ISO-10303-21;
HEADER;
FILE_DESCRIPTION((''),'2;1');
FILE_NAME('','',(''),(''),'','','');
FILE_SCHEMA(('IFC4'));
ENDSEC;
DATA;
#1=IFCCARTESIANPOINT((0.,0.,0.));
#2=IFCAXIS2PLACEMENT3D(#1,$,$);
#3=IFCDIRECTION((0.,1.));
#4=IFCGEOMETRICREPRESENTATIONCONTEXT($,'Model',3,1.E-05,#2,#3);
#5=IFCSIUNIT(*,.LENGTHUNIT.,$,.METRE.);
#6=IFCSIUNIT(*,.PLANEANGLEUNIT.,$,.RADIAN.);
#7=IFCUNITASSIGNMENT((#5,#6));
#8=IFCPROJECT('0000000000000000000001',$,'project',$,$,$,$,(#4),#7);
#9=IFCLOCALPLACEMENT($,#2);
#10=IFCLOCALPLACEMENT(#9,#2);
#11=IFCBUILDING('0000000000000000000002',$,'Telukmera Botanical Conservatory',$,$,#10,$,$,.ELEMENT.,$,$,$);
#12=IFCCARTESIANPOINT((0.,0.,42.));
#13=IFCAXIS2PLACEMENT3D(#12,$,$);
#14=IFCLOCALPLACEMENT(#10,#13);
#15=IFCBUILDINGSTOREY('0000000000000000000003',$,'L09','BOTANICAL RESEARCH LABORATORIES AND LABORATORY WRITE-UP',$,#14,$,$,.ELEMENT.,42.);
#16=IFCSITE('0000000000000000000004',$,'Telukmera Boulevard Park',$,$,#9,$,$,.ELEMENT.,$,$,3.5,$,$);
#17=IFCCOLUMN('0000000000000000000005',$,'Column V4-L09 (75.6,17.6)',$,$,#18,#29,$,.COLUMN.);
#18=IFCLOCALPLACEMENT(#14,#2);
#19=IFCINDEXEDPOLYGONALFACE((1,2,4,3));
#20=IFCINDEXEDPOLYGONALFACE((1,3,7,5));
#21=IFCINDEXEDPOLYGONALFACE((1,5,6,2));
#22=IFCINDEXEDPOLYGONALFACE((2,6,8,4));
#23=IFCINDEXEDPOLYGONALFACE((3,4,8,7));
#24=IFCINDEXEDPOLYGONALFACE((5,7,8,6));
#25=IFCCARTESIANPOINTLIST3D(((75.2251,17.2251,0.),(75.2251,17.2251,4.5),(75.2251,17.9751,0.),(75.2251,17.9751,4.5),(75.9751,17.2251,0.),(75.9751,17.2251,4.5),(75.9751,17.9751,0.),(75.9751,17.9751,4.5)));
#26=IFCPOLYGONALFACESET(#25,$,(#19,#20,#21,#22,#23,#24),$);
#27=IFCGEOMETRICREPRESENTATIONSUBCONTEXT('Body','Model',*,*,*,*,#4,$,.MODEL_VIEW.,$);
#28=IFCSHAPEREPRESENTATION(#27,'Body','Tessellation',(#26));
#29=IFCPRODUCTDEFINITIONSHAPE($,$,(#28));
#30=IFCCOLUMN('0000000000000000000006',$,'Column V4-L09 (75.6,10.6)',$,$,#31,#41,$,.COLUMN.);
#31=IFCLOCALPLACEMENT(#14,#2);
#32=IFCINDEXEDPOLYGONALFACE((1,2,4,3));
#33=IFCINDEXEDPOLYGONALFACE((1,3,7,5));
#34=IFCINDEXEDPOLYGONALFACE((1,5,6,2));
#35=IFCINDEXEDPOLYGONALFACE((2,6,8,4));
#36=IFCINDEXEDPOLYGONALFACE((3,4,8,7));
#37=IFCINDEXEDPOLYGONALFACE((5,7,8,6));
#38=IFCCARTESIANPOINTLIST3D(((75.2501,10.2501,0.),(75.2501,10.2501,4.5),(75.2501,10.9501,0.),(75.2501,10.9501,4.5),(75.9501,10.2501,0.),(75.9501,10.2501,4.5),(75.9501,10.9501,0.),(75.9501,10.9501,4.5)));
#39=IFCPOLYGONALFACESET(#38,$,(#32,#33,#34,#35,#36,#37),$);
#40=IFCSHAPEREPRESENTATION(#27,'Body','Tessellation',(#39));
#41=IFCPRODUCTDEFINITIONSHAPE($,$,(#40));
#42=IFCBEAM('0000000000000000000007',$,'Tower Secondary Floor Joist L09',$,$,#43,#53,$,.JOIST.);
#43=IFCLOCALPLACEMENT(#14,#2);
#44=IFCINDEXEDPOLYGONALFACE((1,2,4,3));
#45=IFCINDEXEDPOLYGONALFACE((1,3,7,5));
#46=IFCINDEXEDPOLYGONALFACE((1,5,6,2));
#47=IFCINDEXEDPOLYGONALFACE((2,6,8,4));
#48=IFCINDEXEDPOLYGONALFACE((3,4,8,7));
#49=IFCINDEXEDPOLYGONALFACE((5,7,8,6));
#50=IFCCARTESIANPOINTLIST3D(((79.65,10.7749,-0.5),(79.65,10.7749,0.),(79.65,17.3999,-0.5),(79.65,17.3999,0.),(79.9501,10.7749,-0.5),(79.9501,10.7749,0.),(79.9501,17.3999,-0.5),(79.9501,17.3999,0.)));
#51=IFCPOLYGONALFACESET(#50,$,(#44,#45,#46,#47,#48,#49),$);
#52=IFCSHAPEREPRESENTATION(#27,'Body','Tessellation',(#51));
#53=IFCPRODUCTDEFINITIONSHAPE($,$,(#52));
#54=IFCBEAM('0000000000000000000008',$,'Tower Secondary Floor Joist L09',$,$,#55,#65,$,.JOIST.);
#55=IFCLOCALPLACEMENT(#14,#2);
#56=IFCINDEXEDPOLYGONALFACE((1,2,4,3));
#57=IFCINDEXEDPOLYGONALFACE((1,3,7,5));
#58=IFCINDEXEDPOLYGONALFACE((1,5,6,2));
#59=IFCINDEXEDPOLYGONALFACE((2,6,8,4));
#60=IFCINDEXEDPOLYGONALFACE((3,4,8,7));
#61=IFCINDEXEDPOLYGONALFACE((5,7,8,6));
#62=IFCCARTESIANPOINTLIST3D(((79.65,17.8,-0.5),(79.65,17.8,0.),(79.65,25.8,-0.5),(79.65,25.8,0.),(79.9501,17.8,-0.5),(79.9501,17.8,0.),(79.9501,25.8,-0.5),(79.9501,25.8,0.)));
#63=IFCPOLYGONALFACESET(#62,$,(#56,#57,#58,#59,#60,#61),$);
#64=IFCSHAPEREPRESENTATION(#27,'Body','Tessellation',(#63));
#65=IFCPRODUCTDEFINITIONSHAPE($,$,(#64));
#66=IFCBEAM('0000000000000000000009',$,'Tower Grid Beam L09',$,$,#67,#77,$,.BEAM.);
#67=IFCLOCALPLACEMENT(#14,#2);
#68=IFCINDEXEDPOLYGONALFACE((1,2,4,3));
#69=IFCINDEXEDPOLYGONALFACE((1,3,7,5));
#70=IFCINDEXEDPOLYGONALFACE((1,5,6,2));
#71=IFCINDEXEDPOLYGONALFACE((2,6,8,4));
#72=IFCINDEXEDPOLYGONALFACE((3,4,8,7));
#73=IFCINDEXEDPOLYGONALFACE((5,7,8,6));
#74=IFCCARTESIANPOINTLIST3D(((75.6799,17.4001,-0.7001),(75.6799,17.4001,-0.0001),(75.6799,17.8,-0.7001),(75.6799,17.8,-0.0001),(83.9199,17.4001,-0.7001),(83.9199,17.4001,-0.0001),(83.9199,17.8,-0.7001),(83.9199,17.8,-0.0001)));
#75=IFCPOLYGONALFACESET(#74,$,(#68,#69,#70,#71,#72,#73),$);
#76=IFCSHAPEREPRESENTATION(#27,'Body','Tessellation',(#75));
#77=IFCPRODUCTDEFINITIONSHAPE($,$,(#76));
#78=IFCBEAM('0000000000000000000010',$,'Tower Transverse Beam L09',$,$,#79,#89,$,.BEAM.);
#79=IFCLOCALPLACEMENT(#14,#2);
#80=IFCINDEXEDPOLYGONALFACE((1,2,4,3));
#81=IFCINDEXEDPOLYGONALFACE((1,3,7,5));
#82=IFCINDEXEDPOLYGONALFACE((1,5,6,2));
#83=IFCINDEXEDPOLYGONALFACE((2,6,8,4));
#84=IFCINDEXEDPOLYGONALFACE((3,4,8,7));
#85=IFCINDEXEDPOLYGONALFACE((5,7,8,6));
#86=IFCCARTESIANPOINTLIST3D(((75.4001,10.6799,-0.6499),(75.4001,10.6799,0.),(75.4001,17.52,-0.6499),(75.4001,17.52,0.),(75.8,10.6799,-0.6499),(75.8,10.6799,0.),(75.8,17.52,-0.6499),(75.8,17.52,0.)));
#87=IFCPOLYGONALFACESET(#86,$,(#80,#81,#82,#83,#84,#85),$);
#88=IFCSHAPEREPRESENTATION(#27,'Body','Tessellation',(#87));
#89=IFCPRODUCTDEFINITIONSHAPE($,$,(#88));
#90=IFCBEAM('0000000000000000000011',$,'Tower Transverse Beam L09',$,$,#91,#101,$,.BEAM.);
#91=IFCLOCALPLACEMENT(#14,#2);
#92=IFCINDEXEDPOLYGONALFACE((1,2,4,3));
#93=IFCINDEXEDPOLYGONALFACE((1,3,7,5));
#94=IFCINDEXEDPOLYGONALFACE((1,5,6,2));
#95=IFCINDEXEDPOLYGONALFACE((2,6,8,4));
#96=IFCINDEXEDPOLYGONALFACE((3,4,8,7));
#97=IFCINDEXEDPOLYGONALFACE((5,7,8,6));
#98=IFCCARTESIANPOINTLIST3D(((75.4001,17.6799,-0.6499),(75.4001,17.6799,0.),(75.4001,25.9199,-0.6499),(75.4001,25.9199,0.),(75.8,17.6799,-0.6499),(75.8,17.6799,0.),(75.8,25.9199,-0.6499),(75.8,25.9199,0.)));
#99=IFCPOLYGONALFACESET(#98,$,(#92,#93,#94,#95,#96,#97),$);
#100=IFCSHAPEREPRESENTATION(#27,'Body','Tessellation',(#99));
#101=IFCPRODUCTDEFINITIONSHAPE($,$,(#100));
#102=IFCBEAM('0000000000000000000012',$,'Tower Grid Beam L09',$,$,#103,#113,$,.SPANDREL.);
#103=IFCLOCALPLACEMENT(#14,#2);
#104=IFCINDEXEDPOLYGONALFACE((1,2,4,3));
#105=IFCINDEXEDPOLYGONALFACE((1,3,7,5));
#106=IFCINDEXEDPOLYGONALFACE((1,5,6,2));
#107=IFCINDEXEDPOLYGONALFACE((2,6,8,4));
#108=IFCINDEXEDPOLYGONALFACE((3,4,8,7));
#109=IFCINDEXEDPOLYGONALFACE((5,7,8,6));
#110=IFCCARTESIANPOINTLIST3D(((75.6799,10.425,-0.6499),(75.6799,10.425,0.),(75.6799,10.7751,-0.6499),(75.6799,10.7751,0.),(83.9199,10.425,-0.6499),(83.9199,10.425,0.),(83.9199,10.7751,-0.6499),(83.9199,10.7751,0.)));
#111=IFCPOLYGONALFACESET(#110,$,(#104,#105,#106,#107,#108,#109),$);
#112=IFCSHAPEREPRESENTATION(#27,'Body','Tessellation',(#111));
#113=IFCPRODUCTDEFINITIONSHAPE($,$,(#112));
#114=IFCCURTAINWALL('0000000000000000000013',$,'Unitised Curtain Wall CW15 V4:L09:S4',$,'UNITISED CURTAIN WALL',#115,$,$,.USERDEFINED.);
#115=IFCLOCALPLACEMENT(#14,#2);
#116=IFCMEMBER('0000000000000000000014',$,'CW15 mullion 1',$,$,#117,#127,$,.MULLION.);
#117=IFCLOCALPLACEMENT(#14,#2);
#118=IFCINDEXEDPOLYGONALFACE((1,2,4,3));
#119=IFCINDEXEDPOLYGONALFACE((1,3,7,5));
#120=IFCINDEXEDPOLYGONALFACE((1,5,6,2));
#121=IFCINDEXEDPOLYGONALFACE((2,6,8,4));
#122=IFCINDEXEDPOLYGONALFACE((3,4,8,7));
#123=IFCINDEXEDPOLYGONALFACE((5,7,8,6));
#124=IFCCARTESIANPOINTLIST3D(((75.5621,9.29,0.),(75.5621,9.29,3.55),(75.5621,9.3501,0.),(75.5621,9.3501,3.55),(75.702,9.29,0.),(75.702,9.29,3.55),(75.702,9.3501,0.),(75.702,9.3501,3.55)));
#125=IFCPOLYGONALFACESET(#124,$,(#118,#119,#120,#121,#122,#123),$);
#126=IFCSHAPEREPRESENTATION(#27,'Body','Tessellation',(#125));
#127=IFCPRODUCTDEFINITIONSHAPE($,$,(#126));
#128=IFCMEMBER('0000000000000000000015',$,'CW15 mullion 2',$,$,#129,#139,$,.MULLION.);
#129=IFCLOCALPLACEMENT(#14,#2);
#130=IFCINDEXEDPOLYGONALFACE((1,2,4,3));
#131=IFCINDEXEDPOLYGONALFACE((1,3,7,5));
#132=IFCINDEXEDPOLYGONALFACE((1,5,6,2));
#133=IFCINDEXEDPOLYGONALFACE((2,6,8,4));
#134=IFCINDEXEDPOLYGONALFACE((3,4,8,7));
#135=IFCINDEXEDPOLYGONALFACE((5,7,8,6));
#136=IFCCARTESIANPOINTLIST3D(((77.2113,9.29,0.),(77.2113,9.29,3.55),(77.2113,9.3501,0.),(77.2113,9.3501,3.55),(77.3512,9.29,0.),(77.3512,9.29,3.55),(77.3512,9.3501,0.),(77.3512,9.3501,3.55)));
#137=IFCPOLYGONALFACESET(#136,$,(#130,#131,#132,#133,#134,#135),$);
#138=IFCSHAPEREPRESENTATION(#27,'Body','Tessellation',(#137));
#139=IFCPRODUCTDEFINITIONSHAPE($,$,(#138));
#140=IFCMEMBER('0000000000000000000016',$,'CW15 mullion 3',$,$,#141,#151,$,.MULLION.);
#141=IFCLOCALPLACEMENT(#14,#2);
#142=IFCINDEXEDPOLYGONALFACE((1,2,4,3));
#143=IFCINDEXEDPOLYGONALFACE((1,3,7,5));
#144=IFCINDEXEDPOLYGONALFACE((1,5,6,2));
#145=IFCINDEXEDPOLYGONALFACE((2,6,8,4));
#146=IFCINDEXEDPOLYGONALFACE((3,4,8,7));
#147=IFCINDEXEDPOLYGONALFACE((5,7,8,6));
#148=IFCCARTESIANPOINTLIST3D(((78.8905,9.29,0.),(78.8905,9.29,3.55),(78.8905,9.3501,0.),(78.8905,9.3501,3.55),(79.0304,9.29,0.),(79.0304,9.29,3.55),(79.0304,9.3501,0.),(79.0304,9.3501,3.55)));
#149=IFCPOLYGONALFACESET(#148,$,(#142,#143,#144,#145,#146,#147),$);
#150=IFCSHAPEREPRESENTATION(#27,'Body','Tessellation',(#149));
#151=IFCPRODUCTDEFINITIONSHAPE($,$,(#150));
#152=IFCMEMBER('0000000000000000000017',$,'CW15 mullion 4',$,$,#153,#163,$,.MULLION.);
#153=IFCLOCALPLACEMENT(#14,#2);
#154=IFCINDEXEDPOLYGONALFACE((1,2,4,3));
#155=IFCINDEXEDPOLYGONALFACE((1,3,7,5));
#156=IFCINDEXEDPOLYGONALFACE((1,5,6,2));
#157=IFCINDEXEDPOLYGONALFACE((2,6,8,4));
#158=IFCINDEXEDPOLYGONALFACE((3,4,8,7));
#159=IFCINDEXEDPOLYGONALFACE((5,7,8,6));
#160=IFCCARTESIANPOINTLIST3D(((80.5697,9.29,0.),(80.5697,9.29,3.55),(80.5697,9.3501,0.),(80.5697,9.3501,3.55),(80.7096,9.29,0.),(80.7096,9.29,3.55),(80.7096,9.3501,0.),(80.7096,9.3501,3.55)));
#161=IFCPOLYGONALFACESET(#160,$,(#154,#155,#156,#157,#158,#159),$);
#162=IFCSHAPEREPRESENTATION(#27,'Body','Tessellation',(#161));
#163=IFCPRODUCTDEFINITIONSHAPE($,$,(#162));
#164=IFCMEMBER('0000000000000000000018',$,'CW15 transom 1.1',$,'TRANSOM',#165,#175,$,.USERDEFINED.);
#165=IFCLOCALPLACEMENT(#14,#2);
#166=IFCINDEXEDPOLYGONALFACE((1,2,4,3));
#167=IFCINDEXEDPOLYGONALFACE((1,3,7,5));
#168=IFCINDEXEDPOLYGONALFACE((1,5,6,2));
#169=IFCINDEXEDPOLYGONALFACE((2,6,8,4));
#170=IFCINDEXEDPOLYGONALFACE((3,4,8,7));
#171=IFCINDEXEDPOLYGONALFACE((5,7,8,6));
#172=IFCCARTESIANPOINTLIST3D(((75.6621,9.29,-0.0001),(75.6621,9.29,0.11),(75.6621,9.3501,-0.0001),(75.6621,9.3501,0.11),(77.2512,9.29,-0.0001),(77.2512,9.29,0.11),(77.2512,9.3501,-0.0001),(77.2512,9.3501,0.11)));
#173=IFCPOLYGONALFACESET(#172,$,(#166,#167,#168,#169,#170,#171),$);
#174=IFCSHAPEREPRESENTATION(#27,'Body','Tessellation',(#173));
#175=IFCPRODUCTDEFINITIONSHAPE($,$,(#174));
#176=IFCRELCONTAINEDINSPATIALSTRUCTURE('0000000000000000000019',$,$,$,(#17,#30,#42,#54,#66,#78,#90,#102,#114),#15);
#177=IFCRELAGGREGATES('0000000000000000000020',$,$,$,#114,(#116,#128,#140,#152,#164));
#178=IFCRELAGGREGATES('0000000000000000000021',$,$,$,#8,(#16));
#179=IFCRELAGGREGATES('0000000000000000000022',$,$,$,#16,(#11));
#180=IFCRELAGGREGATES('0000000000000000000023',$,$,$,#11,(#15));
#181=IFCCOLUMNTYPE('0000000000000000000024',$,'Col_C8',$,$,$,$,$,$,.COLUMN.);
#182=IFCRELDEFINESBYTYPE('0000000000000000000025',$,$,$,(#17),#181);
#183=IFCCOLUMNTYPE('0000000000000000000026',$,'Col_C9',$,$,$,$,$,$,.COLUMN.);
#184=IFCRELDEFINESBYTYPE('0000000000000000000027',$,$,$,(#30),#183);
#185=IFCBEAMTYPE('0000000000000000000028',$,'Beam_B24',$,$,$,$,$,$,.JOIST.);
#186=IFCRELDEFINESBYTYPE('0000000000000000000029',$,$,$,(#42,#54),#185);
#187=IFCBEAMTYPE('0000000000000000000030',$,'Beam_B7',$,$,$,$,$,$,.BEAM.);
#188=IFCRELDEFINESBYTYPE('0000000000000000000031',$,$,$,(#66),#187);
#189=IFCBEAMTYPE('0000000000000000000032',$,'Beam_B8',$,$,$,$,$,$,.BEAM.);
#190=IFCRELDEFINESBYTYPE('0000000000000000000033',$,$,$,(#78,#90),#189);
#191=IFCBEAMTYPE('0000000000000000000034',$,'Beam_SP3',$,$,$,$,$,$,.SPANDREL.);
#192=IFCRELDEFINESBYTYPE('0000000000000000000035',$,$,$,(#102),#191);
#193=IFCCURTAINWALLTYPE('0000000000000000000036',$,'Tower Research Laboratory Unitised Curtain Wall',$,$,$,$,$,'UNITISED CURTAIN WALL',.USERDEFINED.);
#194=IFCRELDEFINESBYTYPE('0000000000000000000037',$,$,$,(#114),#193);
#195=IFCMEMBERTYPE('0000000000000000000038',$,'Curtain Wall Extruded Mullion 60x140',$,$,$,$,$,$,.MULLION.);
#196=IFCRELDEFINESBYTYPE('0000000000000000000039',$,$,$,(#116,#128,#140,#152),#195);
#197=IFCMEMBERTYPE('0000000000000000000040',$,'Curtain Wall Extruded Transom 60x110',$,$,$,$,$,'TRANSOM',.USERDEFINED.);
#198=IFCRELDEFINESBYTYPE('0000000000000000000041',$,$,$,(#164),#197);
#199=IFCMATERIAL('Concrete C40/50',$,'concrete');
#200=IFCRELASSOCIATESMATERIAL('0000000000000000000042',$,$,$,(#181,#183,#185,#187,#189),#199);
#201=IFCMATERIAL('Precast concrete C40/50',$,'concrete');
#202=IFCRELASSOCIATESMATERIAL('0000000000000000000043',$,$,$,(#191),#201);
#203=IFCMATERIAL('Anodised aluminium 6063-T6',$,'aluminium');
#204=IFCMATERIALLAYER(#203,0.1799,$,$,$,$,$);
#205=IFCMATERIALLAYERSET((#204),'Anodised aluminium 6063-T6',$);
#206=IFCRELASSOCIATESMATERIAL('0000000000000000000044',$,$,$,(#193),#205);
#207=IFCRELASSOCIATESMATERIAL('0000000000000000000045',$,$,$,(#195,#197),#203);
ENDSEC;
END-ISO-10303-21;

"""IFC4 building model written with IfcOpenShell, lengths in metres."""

from ifc_helpers import new_model, si_unit, direction, frame, origin, origin_2d, place, context, subcontext, project, spatial, rectangle, extrude, material, layer, layer_set, material_profile, profile_set, type_object, element, aggregate, save


model = new_model("IFC4")

# Units and contexts
model_context = context("Model", 3, precision=1e-05, world=origin(), true_north=direction((0.0, 1.0)))
body_context = subcontext(model_context, "Body", "Model", "MODEL_VIEW")
ifc_project = project(units=[si_unit("LENGTHUNIT", "METRE"), si_unit("PLANEANGLEUNIT", "RADIAN")], contexts=[model_context])

# Site, building, storey
site_placement = place(None, origin())
site = spatial("IfcSite", under=ifc_project, at=site_placement, Name="Telukmera Boulevard Park", CompositionType="ELEMENT", RefElevation=3.5)
building_placement = place(site_placement, origin())
building = spatial("IfcBuilding", under=site, at=building_placement, Name="Telukmera Botanical Conservatory", CompositionType="ELEMENT")
storey_placement = place(building_placement, frame((0.0, 0.0, 42.0)))
storey = spatial("IfcBuildingStorey", under=building, at=storey_placement, Name="L09", Description="BOTANICAL RESEARCH LABORATORIES AND LABORATORY WRITE-UP", CompositionType="ELEMENT", Elevation=42.0)

# Columns
ifc_material_1 = material(Name="Concrete C40/50", Category="concrete")
ifc_material_profile_1 = material_profile(ifc_material_1, rectangle(XDim=0.75, YDim=0.75, at=origin_2d()), Name="RC 750x750")
ifc_profile_set_1 = profile_set([ifc_material_profile_1], Name="Concrete C40/50")
column_type_1 = type_object("IfcColumnType", Name="Col_C8", PredefinedType="COLUMN", material=ifc_profile_set_1)
column_1_placement = place(storey_placement, frame((75.6001, 17.6001, 0.0), z_axis=(0.0, 0.0, 1.0), x_axis=(1.0, 0.0, 0.0)))
element("IfcColumn", 1, at=column_1_placement, inside=storey, type_object=column_type_1, Name="Column V4-L09 (75.6,17.6)", PredefinedType="COLUMN", context=body_context, shape_type="SweptSolid", body=[
    extrude(rectangle(XDim=0.75, YDim=0.75, at=origin_2d()), origin(), (0.0, 0.0, 1.0), 4.5),
])
ifc_material_profile_2 = material_profile(ifc_material_1, rectangle(XDim=0.7, YDim=0.7, at=origin_2d()), Name="RC 700x700")
ifc_profile_set_2 = profile_set([ifc_material_profile_2], Name="Concrete C40/50")
column_type_2 = type_object("IfcColumnType", Name="Col_C9", PredefinedType="COLUMN", material=ifc_profile_set_2)
column_2_placement = place(storey_placement, frame((75.6001, 10.6001, 0.0), z_axis=(0.0, 0.0, 1.0), x_axis=(1.0, 0.0, 0.0)))
element("IfcColumn", 2, at=column_2_placement, inside=storey, type_object=column_type_2, Name="Column V4-L09 (75.6,10.6)", PredefinedType="COLUMN", context=body_context, shape_type="SweptSolid", body=[
    extrude(rectangle(XDim=0.7, YDim=0.7, at=origin_2d()), origin(), (0.0, 0.0, 1.0), 4.5),
])

# Beams
ifc_material_profile_3 = material_profile(ifc_material_1, rectangle(XDim=0.3, YDim=0.5, at=origin_2d()), Name="RC 300x500")
ifc_profile_set_3 = profile_set([ifc_material_profile_3], Name="Concrete C40/50")
beam_type_1 = type_object("IfcBeamType", Name="Beam_B24", PredefinedType="JOIST", material=ifc_profile_set_3)
beam_1_placement = place(storey_placement, frame((79.8, 10.7749, -0.25), z_axis=(0.0, 1.0, 0.0), x_axis=(-1.0, 0.0, 0.0)))
element("IfcBeam", 3, at=beam_1_placement, inside=storey, type_object=beam_type_1, Name="Tower Secondary Floor Joist L09", PredefinedType="JOIST", context=body_context, shape_type="SweptSolid", body=[
    extrude(rectangle(XDim=0.3, YDim=0.5, at=origin_2d()), origin(), (0.0, 0.0, 1.0), 6.625),
])
beam_2_placement = place(storey_placement, frame((79.8, 17.8, -0.25), z_axis=(0.0, 1.0, 0.0), x_axis=(-1.0, 0.0, 0.0)))
element("IfcBeam", 4, at=beam_2_placement, inside=storey, type_object=beam_type_1, Name="Tower Secondary Floor Joist L09", PredefinedType="JOIST", context=body_context, shape_type="SweptSolid", body=[
    extrude(rectangle(XDim=0.3, YDim=0.5, at=origin_2d()), origin(), (0.0, 0.0, 1.0), 8.0),
])
ifc_material_profile_4 = material_profile(ifc_material_1, rectangle(XDim=0.3999, YDim=0.7, at=origin_2d()), Name="RC 400x700")
ifc_profile_set_4 = profile_set([ifc_material_profile_4], Name="Concrete C40/50")
beam_type_2 = type_object("IfcBeamType", Name="Beam_B7", PredefinedType="BEAM", material=ifc_profile_set_4)
beam_3_placement = place(storey_placement, frame((75.6799, 17.6001, -0.3501), z_axis=(1.0, 0.0, 0.0), x_axis=(0.0, 1.0, 0.0)))
element("IfcBeam", 5, at=beam_3_placement, inside=storey, type_object=beam_type_2, Name="Tower Grid Beam L09", PredefinedType="BEAM", context=body_context, shape_type="SweptSolid", body=[
    extrude(rectangle(XDim=0.3999, YDim=0.7, at=origin_2d()), origin(), (0.0, 0.0, 1.0), 8.24),
])
ifc_material_profile_5 = material_profile(ifc_material_1, rectangle(XDim=0.3999, YDim=0.6499, at=origin_2d()), Name="RC 400x650")
ifc_profile_set_5 = profile_set([ifc_material_profile_5], Name="Concrete C40/50")
beam_type_3 = type_object("IfcBeamType", Name="Beam_B8", PredefinedType="BEAM", material=ifc_profile_set_5)
beam_4_placement = place(storey_placement, frame((75.6001, 10.6799, -0.325), z_axis=(0.0, 1.0, 0.0), x_axis=(-1.0, 0.0, 0.0)))
element("IfcBeam", 6, at=beam_4_placement, inside=storey, type_object=beam_type_3, Name="Tower Transverse Beam L09", PredefinedType="BEAM", context=body_context, shape_type="SweptSolid", body=[
    extrude(rectangle(XDim=0.3999, YDim=0.6499, at=origin_2d()), origin(), (0.0, 0.0, 1.0), 6.8401),
])
beam_5_placement = place(storey_placement, frame((75.6001, 17.6799, -0.325), z_axis=(0.0, 1.0, 0.0), x_axis=(-1.0, 0.0, 0.0)))
element("IfcBeam", 7, at=beam_5_placement, inside=storey, type_object=beam_type_3, Name="Tower Transverse Beam L09", PredefinedType="BEAM", context=body_context, shape_type="SweptSolid", body=[
    extrude(rectangle(XDim=0.3999, YDim=0.6499, at=origin_2d()), origin(), (0.0, 0.0, 1.0), 8.24),
])
ifc_material_2 = material(Name="Precast concrete C40/50", Category="concrete")
ifc_material_profile_6 = material_profile(ifc_material_2, rectangle(XDim=0.3501, YDim=0.6499, at=origin_2d()), Name="PC 350x650")
ifc_profile_set_6 = profile_set([ifc_material_profile_6], Name="Precast concrete C40/50")
beam_type_4 = type_object("IfcBeamType", Name="Beam_SP3", PredefinedType="SPANDREL", material=ifc_profile_set_6)
beam_6_placement = place(storey_placement, frame((75.6799, 10.6001, -0.325), z_axis=(1.0, 0.0, 0.0), x_axis=(0.0, 1.0, 0.0)))
element("IfcBeam", 8, at=beam_6_placement, inside=storey, type_object=beam_type_4, Name="Tower Grid Beam L09", PredefinedType="SPANDREL", context=body_context, shape_type="SweptSolid", body=[
    extrude(rectangle(XDim=0.3501, YDim=0.6499, at=origin_2d()), origin(), (0.0, 0.0, 1.0), 8.24),
])

# Curtain wall, members
ifc_material_3 = material(Name="Anodised aluminium 6063-T6", Category="aluminium")
ifc_layer_1 = layer(ifc_material_3, 0.1799)
ifc_layer_set_1 = layer_set([ifc_layer_1], Name="Anodised aluminium 6063-T6")
curtain_wall_type = type_object("IfcCurtainWallType", Name="Tower Research Laboratory Unitised Curtain Wall", ElementType="UNITISED CURTAIN WALL", PredefinedType="USERDEFINED", material=ifc_layer_set_1)
curtain_wall_placement = place(storey_placement, origin())
curtain_wall = element("IfcCurtainWall", 9, at=curtain_wall_placement, inside=storey, type_object=curtain_wall_type, Name="Unitised Curtain Wall CW15 V4:L09:S4", ObjectType="UNITISED CURTAIN WALL", PredefinedType="USERDEFINED")
ifc_material_profile_7 = material_profile(ifc_material_3, rectangle(XDim=0.0601, YDim=0.1399, at=origin_2d()), Name="ALU MULL 60x140")
ifc_profile_set_7 = profile_set([ifc_material_profile_7], Name="Anodised aluminium 6063-T6")
member_type_1 = type_object("IfcMemberType", Name="Curtain Wall Extruded Mullion 60x140", PredefinedType="MULLION", material=ifc_profile_set_7)
member_1_placement = place(storey_placement, frame((75.6321, 9.3201, 0.0), z_axis=(0.0, 0.0, 1.0), x_axis=(0.0, 1.0, 0.0)))
member_1 = element("IfcMember", 10, at=member_1_placement, type_object=member_type_1, Name="CW15 mullion 1", PredefinedType="MULLION", context=body_context, shape_type="SweptSolid", body=[
    extrude(rectangle(XDim=0.0601, YDim=0.1399, at=origin_2d()), origin(), (0.0, 0.0, 1.0), 3.55),
])
member_2_placement = place(storey_placement, frame((77.2812, 9.3201, 0.0), z_axis=(0.0, 0.0, 1.0), x_axis=(0.0, 1.0, 0.0)))
member_2 = element("IfcMember", 11, at=member_2_placement, type_object=member_type_1, Name="CW15 mullion 2", PredefinedType="MULLION", context=body_context, shape_type="SweptSolid", body=[
    extrude(rectangle(XDim=0.0601, YDim=0.1399, at=origin_2d()), origin(), (0.0, 0.0, 1.0), 3.55),
])
member_3_placement = place(storey_placement, frame((78.9604, 9.3201, 0.0), z_axis=(0.0, 0.0, 1.0), x_axis=(0.0, 1.0, 0.0)))
member_3 = element("IfcMember", 12, at=member_3_placement, type_object=member_type_1, Name="CW15 mullion 3", PredefinedType="MULLION", context=body_context, shape_type="SweptSolid", body=[
    extrude(rectangle(XDim=0.0601, YDim=0.1399, at=origin_2d()), origin(), (0.0, 0.0, 1.0), 3.55),
])
member_4_placement = place(storey_placement, frame((80.6396, 9.3201, 0.0), z_axis=(0.0, 0.0, 1.0), x_axis=(0.0, 1.0, 0.0)))
member_4 = element("IfcMember", 13, at=member_4_placement, type_object=member_type_1, Name="CW15 mullion 4", PredefinedType="MULLION", context=body_context, shape_type="SweptSolid", body=[
    extrude(rectangle(XDim=0.0601, YDim=0.1399, at=origin_2d()), origin(), (0.0, 0.0, 1.0), 3.55),
])
ifc_material_profile_8 = material_profile(ifc_material_3, rectangle(XDim=0.0601, YDim=0.1101, at=origin_2d()), Name="ALU TRAN 60x110")
ifc_profile_set_8 = profile_set([ifc_material_profile_8], Name="Anodised aluminium 6063-T6")
member_type_2 = type_object("IfcMemberType", Name="Curtain Wall Extruded Transom 60x110", ElementType="TRANSOM", PredefinedType="USERDEFINED", material=ifc_profile_set_8)
member_5_placement = place(storey_placement, frame((75.6621, 9.3201, 0.0549), z_axis=(1.0, 0.0, 0.0), x_axis=(0.0, 1.0, 0.0)))
member_5 = element("IfcMember", 14, at=member_5_placement, type_object=member_type_2, Name="CW15 transom 1.1", ObjectType="TRANSOM", PredefinedType="USERDEFINED", context=body_context, shape_type="SweptSolid", body=[
    extrude(rectangle(XDim=0.0601, YDim=0.1101, at=origin_2d()), origin(), (0.0, 0.0, 1.0), 1.5891),
])
aggregate(curtain_wall, [member_1, member_2, member_3, member_4, member_5])

save(model, "model.ifc")
